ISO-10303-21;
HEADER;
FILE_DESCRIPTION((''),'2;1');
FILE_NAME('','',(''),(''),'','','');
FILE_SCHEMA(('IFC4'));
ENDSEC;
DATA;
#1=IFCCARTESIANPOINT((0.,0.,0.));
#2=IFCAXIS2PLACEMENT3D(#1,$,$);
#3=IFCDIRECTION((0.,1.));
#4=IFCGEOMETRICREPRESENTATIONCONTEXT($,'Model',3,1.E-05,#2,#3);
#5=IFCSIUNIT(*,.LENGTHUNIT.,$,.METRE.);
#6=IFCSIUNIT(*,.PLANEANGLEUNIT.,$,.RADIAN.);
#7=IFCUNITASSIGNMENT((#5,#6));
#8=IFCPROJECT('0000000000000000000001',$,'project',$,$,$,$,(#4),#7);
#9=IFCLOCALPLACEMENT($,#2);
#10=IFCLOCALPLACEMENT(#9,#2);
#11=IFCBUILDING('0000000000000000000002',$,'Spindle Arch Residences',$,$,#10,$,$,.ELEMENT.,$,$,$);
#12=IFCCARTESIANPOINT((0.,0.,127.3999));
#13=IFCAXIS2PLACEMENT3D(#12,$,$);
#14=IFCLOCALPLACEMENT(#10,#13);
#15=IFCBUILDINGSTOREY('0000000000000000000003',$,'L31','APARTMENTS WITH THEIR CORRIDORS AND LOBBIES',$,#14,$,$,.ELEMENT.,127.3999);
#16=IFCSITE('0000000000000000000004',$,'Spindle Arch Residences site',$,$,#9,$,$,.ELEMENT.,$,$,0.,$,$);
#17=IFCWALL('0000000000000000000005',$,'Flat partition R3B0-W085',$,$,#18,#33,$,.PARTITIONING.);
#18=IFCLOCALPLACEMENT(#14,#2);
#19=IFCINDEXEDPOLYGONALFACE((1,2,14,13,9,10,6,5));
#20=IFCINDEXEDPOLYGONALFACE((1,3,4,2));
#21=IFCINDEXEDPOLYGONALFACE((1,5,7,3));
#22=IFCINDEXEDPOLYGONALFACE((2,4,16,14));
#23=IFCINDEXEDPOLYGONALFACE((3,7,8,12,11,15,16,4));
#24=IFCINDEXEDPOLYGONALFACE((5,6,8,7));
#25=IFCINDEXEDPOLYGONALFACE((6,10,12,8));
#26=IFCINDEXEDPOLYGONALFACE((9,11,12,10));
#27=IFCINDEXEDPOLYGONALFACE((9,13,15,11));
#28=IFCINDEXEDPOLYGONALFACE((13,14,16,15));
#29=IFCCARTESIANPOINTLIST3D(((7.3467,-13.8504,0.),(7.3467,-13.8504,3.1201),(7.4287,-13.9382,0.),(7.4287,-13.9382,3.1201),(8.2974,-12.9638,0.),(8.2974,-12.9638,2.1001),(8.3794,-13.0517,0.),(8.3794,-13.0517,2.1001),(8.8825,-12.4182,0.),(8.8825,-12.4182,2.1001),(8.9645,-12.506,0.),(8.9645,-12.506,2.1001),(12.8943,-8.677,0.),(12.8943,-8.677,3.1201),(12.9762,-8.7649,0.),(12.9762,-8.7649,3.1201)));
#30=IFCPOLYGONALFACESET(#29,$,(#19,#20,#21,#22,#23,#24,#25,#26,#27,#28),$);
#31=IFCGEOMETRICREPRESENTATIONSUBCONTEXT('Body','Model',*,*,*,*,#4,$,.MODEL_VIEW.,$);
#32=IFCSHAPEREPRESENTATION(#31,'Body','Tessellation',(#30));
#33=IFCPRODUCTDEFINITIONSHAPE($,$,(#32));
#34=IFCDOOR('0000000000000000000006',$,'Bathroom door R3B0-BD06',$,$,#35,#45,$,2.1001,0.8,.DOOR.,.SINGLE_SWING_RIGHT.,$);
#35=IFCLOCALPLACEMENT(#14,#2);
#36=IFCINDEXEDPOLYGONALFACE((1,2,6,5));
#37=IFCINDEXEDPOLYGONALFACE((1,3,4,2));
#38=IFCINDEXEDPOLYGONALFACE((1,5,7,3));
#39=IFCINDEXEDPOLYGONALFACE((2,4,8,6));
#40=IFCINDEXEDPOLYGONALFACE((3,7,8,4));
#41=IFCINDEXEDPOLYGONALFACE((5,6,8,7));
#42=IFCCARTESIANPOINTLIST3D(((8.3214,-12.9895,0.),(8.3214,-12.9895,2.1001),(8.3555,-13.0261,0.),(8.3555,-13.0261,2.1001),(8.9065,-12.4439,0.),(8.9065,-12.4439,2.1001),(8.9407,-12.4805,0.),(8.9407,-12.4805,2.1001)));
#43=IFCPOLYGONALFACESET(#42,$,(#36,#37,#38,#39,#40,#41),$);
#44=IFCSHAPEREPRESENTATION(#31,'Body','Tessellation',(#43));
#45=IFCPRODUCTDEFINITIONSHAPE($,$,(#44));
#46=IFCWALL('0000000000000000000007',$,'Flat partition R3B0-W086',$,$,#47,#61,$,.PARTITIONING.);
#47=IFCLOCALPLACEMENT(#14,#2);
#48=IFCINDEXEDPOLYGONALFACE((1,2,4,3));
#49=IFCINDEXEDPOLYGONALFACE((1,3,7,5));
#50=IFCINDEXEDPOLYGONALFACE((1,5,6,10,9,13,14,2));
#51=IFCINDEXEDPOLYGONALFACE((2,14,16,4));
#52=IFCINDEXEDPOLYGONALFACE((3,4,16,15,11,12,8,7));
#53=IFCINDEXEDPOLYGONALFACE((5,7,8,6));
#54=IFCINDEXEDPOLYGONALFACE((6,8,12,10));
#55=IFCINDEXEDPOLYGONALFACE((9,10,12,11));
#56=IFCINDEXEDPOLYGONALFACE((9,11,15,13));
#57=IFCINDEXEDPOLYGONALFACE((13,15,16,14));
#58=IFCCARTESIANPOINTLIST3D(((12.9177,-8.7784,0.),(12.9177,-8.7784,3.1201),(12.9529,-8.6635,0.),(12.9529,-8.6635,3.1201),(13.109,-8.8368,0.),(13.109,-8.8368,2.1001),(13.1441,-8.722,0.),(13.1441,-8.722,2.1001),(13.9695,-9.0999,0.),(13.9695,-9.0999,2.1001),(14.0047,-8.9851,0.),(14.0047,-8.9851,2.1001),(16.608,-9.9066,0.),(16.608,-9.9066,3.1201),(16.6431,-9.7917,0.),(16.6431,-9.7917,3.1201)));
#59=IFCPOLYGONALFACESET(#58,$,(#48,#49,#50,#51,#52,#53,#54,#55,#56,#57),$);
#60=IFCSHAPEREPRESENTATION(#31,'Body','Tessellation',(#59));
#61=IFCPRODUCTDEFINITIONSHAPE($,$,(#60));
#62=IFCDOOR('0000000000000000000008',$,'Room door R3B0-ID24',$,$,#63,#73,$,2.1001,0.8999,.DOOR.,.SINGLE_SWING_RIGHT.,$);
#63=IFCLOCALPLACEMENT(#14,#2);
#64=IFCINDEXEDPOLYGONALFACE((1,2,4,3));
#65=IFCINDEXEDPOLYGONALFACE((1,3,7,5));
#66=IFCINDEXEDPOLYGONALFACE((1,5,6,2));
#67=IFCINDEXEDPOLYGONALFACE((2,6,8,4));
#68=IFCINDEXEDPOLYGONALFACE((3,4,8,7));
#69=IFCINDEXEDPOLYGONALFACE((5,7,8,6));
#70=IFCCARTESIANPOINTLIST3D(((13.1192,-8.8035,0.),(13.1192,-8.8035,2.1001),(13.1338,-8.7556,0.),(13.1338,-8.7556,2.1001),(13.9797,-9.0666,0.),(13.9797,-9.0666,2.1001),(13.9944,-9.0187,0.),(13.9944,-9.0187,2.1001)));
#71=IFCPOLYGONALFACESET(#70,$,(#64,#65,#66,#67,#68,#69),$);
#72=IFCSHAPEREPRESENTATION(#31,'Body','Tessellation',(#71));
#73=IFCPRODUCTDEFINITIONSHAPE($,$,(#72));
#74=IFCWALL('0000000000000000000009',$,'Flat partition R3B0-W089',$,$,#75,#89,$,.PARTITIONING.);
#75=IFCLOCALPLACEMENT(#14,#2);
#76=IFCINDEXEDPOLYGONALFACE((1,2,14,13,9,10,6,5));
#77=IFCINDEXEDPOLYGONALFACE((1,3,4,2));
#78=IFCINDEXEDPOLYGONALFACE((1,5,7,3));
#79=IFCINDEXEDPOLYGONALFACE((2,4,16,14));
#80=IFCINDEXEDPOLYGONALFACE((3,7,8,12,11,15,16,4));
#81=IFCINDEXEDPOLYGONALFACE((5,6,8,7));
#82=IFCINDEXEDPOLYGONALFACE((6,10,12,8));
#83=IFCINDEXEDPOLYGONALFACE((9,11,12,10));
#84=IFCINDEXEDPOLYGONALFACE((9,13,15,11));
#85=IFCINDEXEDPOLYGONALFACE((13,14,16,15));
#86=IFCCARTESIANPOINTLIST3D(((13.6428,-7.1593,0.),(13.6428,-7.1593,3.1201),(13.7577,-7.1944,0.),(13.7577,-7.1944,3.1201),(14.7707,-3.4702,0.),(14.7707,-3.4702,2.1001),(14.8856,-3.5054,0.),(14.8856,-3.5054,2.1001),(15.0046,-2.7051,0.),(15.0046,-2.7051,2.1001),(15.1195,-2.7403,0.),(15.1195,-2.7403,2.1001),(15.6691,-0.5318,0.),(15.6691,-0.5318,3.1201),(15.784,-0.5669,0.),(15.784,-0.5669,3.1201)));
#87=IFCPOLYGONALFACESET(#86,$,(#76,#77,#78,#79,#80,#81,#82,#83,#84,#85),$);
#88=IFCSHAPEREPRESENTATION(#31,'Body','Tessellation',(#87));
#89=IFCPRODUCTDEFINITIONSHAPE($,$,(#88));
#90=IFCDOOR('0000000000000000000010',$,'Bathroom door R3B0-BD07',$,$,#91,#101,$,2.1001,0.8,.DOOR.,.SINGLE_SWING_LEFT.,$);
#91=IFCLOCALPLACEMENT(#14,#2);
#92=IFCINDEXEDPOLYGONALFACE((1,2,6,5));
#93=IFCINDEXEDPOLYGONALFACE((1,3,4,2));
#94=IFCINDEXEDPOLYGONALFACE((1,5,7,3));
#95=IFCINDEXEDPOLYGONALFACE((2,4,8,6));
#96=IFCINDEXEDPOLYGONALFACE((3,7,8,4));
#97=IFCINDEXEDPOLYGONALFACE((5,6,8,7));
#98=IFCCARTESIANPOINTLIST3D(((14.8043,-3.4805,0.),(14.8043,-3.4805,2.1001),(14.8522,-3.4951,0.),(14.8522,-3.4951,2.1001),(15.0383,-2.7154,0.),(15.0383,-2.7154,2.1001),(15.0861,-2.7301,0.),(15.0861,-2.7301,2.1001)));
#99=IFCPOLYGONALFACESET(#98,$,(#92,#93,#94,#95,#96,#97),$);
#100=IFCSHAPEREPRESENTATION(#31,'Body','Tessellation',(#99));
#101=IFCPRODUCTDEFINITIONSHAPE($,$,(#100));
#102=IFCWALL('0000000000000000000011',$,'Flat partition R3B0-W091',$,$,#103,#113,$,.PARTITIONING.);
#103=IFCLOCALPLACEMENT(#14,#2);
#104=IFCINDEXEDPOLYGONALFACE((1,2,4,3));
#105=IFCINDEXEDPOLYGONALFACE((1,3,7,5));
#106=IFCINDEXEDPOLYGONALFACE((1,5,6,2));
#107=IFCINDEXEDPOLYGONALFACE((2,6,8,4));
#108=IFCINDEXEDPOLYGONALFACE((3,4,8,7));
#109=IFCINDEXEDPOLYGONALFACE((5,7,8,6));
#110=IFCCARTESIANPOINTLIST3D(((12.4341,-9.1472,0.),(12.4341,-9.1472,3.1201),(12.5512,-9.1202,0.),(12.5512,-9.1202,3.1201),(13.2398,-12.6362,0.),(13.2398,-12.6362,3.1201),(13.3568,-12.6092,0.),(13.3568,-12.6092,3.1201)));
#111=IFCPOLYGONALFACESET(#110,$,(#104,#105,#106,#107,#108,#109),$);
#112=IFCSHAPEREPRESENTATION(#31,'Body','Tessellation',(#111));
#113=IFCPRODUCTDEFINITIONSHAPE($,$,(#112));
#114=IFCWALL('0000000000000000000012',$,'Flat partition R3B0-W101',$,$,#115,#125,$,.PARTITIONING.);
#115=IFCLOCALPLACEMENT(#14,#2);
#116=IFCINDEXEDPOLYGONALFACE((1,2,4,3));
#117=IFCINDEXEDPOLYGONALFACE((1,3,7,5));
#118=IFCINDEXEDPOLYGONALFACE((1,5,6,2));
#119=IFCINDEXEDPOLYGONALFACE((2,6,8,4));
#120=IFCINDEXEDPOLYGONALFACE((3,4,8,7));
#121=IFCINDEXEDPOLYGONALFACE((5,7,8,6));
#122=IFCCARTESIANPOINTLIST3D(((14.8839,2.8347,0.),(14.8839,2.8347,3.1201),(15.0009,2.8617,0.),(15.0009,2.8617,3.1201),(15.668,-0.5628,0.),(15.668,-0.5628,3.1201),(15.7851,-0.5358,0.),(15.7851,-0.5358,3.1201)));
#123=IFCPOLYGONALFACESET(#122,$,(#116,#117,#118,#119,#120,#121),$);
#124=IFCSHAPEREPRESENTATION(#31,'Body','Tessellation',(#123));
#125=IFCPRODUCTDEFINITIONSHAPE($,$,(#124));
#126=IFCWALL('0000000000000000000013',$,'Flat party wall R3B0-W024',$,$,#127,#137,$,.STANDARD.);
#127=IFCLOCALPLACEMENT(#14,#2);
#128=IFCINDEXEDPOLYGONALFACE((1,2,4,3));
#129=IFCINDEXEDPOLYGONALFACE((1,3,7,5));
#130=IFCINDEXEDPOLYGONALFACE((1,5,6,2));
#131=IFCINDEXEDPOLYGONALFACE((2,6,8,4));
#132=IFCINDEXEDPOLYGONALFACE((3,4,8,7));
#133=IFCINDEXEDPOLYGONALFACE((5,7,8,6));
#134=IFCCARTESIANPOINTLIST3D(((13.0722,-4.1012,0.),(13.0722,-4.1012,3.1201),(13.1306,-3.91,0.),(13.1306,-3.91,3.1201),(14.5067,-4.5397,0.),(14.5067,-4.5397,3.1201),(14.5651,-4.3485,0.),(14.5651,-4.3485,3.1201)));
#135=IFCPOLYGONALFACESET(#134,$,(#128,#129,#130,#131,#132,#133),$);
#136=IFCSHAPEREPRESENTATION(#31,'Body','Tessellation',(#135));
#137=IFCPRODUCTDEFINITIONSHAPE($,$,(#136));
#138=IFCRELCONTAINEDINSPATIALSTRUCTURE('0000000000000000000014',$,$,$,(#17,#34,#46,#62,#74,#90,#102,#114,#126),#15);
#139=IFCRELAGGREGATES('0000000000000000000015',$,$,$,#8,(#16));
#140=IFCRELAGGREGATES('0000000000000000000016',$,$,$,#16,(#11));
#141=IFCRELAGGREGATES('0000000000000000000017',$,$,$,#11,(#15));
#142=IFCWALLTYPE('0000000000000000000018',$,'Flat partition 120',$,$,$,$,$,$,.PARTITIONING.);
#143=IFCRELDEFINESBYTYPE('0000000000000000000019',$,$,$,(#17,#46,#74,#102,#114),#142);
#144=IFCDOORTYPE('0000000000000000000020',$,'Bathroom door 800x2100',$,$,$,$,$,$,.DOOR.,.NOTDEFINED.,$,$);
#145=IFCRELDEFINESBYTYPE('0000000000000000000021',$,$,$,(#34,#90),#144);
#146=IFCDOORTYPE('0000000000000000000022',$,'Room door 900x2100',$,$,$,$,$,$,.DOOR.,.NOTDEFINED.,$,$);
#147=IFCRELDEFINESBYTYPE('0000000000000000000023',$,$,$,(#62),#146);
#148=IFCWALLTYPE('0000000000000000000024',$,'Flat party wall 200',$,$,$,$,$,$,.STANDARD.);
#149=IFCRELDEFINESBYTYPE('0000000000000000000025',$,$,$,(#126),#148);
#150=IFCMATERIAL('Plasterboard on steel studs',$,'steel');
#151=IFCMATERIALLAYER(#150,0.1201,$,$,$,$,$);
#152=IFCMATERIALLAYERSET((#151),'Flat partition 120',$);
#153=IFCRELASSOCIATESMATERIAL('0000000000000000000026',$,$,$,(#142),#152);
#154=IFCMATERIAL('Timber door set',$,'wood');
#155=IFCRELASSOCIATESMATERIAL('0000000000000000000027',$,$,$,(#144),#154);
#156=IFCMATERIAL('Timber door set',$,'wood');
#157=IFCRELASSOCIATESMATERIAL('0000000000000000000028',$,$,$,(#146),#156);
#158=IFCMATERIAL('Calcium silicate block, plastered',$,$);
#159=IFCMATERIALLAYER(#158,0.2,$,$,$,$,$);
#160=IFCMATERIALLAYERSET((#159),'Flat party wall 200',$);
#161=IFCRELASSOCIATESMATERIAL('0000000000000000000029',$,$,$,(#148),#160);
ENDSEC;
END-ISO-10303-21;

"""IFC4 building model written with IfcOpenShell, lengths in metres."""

from ifc_helpers import new_model, si_unit, direction, frame, frame_2d, origin, place, context, subcontext, project, spatial, rectangle, extrude, material, layer, layer_set, type_object, element, fill, save


model = new_model("IFC4")

# Units and contexts
model_context = context("Model", 3, precision=1e-05, world=origin(), true_north=direction((0.0, 1.0)))
body_context = subcontext(model_context, "Body", "Model", "MODEL_VIEW")
ifc_project = project(units=[si_unit("LENGTHUNIT", "METRE"), si_unit("PLANEANGLEUNIT", "RADIAN")], contexts=[model_context])

# Site, building, storey
site_placement = place(None, origin())
site = spatial("IfcSite", under=ifc_project, at=site_placement, Name="Spindle Arch Residences site", CompositionType="ELEMENT", RefElevation=0.0)
building_placement = place(site_placement, origin())
building = spatial("IfcBuilding", under=site, at=building_placement, Name="Spindle Arch Residences", CompositionType="ELEMENT")
storey_placement = place(building_placement, frame((0.0, 0.0, 127.3999)))
storey = spatial("IfcBuildingStorey", under=building, at=storey_placement, Name="L31", Description="APARTMENTS WITH THEIR CORRIDORS AND LOBBIES", CompositionType="ELEMENT", Elevation=127.3999)

# Walls, openings, doors
ifc_material_1 = material(Name="Plasterboard on steel studs", Category="steel")
ifc_layer_1 = layer(ifc_material_1, 0.1201)
ifc_layer_set_1 = layer_set([ifc_layer_1], Name="Flat partition 120")
wall_type_1 = type_object("IfcWallType", Name="Flat partition 120", PredefinedType="PARTITIONING", material=ifc_layer_set_1)
wall_1_placement = place(storey_placement, frame((7.3877, -13.8943, 0.0), z_axis=(0.0, 0.0, 1.0), x_axis=(0.731346, 0.682006, 0.0)))
wall_1 = element("IfcWall", 1, at=wall_1_placement, inside=storey, type_object=wall_type_1, Name="Flat partition R3B0-W085", PredefinedType="PARTITIONING", context=body_context, shape_type="SweptSolid", body=[
    extrude(rectangle(XDim=7.5854, YDim=0.1201, at=frame_2d((3.7927, 0.0))), origin(), (0.0, 0.0, 1.0), 3.1201),
])
opening_1_placement = place(wall_1_placement, frame((1.3, 0.0, 0.0)))
opening_1 = element("IfcOpeningElement", 2, at=opening_1_placement, cuts=wall_1, PredefinedType="OPENING", context=body_context, shape_type="SweptSolid", body=[
    extrude(rectangle(XDim=0.8, YDim=2.1001, at=frame_2d((0.3999, 1.05))), frame((0.0, 0.0701, 0.0), z_axis=(0.0, -1.0, 0.0), x_axis=(1.0, 0.0, 0.0)), (0.0, 0.0, 1.0), 0.1401),
])
ifc_material_2 = material(Name="Timber door set", Category="wood")
door_type_1 = type_object("IfcDoorType", Name="Bathroom door 800x2100", OperationType="NOTDEFINED", PredefinedType="DOOR", material=ifc_material_2)
door_1_placement = place(opening_1_placement, origin())
door_1 = element("IfcDoor", 3, at=door_1_placement, inside=storey, type_object=door_type_1, Name="Bathroom door R3B0-BD06", OperationType="SINGLE_SWING_RIGHT", OverallHeight=2.1001, OverallWidth=0.8, PredefinedType="DOOR", context=body_context, shape_type="SweptSolid", body=[
    extrude(rectangle(XDim=0.8, YDim=2.1001, at=frame_2d((0.3999, 1.05))), frame((0.0, 0.0249, 0.0), z_axis=(0.0, -1.0, 0.0), x_axis=(1.0, 0.0, 0.0)), (0.0, 0.0, 1.0), 0.05),
])
fill(opening_1, door_1)
wall_2_placement = place(storey_placement, frame((12.9353, -8.7209, 0.0), z_axis=(0.0, 0.0, 1.0), x_axis=(0.956307, -0.292365, 0.0)))
wall_2 = element("IfcWall", 4, at=wall_2_placement, inside=storey, type_object=wall_type_1, Name="Flat partition R3B0-W086", PredefinedType="PARTITIONING", context=body_context, shape_type="SweptSolid", body=[
    extrude(rectangle(XDim=3.8589, YDim=0.1201, at=frame_2d((1.9294, 0.0))), origin(), (0.0, 0.0, 1.0), 3.1201),
])
opening_2_placement = place(wall_2_placement, frame((0.2, 0.0, 0.0)))
opening_2 = element("IfcOpeningElement", 5, at=opening_2_placement, cuts=wall_2, PredefinedType="OPENING", context=body_context, shape_type="SweptSolid", body=[
    extrude(rectangle(XDim=0.8999, YDim=2.1001, at=frame_2d((0.45, 1.05))), frame((0.0, 0.0701, 0.0), z_axis=(0.0, -1.0, 0.0), x_axis=(1.0, 0.0, 0.0)), (0.0, 0.0, 1.0), 0.1401),
])
ifc_material_3 = material(Name="Timber door set", Category="wood")
door_type_2 = type_object("IfcDoorType", Name="Room door 900x2100", OperationType="NOTDEFINED", PredefinedType="DOOR", material=ifc_material_3)
door_2_placement = place(opening_2_placement, origin())
door_2 = element("IfcDoor", 6, at=door_2_placement, inside=storey, type_object=door_type_2, Name="Room door R3B0-ID24", OperationType="SINGLE_SWING_RIGHT", OverallHeight=2.1001, OverallWidth=0.8999, PredefinedType="DOOR", context=body_context, shape_type="SweptSolid", body=[
    extrude(rectangle(XDim=0.8999, YDim=2.1001, at=frame_2d((0.45, 1.05))), frame((0.0, 0.0249, 0.0), z_axis=(0.0, -1.0, 0.0), x_axis=(1.0, 0.0, 0.0)), (0.0, 0.0, 1.0), 0.05),
])
fill(opening_2, door_2)
wall_3_placement = place(storey_placement, frame((13.7002, -7.177, 0.0), z_axis=(0.0, 0.0, 1.0), x_axis=(0.292382, 0.956302, 0.0)))
wall_3 = element("IfcWall", 7, at=wall_3_placement, inside=storey, type_object=wall_type_1, Name="Flat partition R3B0-W089", PredefinedType="PARTITIONING", context=body_context, shape_type="SweptSolid", body=[
    extrude(rectangle(XDim=6.9304, YDim=0.1201, at=frame_2d((3.4653, 0.0))), origin(), (0.0, 0.0, 1.0), 3.1201),
])
opening_3_placement = place(wall_3_placement, frame((3.8579, 0.0, 0.0)))
opening_3 = element("IfcOpeningElement", 8, at=opening_3_placement, cuts=wall_3, PredefinedType="OPENING", context=body_context, shape_type="SweptSolid", body=[
    extrude(rectangle(XDim=0.8, YDim=2.1001, at=frame_2d((0.3999, 1.05))), frame((0.0, 0.0701, 0.0), z_axis=(0.0, -1.0, 0.0), x_axis=(1.0, 0.0, 0.0)), (0.0, 0.0, 1.0), 0.1401),
])
door_3_placement = place(opening_3_placement, origin())
door_3 = element("IfcDoor", 9, at=door_3_placement, inside=storey, type_object=door_type_1, Name="Bathroom door R3B0-BD07", OperationType="SINGLE_SWING_LEFT", OverallHeight=2.1001, OverallWidth=0.8, PredefinedType="DOOR", context=body_context, shape_type="SweptSolid", body=[
    extrude(rectangle(XDim=0.8, YDim=2.1001, at=frame_2d((0.3999, 1.05))), frame((0.0, 0.0249, 0.0), z_axis=(0.0, -1.0, 0.0), x_axis=(1.0, 0.0, 0.0)), (0.0, 0.0, 1.0), 0.05),
])
fill(opening_3, door_3)

# Walls
wall_4_placement = place(storey_placement, frame((13.2983, -12.6228, 0.0), z_axis=(0.0, 0.0, 1.0), x_axis=(-0.224994, 0.97436, 0.0)))
element("IfcWall", 10, at=wall_4_placement, inside=storey, type_object=wall_type_1, Name="Flat partition R3B0-W091", PredefinedType="PARTITIONING", context=body_context, shape_type="SweptSolid", body=[
    extrude(rectangle(XDim=3.5808, YDim=0.1201, at=frame_2d((1.7905, 0.0))), origin(), (0.0, 0.0, 1.0), 3.1201),
])
wall_5_placement = place(storey_placement, frame((15.7266, -0.5493, 0.0), z_axis=(0.0, 0.0, 1.0), x_axis=(-0.2249, 0.974382, 0.0)))
element("IfcWall", 11, at=wall_5_placement, inside=storey, type_object=wall_type_1, Name="Flat partition R3B0-W101", PredefinedType="PARTITIONING", context=body_context, shape_type="SweptSolid", body=[
    extrude(rectangle(XDim=3.4868, YDim=0.1201, at=frame_2d((1.7434, 0.0))), origin(), (0.0, 0.0, 1.0), 3.1201),
])
ifc_material_4 = material(Name="Calcium silicate block, plastered")
ifc_layer_2 = layer(ifc_material_4, 0.2)
ifc_layer_set_2 = layer_set([ifc_layer_2], Name="Flat party wall 200")
wall_type_2 = type_object("IfcWallType", Name="Flat party wall 200", PredefinedType="STANDARD", material=ifc_layer_set_2)
wall_6_placement = place(storey_placement, frame((14.5359, -4.4441, 0.0), z_axis=(0.0, 0.0, 1.0), x_axis=(-0.956326, 0.292301, 0.0)))
element("IfcWall", 12, at=wall_6_placement, inside=storey, type_object=wall_type_2, Name="Flat party wall R3B0-W024", PredefinedType="STANDARD", context=body_context, shape_type="SweptSolid", body=[
    extrude(rectangle(XDim=1.5, YDim=0.2, at=frame_2d((0.75, 0.0))), origin(), (0.0, 0.0, 1.0), 3.1201),
])

save(model, "model.ifc")
